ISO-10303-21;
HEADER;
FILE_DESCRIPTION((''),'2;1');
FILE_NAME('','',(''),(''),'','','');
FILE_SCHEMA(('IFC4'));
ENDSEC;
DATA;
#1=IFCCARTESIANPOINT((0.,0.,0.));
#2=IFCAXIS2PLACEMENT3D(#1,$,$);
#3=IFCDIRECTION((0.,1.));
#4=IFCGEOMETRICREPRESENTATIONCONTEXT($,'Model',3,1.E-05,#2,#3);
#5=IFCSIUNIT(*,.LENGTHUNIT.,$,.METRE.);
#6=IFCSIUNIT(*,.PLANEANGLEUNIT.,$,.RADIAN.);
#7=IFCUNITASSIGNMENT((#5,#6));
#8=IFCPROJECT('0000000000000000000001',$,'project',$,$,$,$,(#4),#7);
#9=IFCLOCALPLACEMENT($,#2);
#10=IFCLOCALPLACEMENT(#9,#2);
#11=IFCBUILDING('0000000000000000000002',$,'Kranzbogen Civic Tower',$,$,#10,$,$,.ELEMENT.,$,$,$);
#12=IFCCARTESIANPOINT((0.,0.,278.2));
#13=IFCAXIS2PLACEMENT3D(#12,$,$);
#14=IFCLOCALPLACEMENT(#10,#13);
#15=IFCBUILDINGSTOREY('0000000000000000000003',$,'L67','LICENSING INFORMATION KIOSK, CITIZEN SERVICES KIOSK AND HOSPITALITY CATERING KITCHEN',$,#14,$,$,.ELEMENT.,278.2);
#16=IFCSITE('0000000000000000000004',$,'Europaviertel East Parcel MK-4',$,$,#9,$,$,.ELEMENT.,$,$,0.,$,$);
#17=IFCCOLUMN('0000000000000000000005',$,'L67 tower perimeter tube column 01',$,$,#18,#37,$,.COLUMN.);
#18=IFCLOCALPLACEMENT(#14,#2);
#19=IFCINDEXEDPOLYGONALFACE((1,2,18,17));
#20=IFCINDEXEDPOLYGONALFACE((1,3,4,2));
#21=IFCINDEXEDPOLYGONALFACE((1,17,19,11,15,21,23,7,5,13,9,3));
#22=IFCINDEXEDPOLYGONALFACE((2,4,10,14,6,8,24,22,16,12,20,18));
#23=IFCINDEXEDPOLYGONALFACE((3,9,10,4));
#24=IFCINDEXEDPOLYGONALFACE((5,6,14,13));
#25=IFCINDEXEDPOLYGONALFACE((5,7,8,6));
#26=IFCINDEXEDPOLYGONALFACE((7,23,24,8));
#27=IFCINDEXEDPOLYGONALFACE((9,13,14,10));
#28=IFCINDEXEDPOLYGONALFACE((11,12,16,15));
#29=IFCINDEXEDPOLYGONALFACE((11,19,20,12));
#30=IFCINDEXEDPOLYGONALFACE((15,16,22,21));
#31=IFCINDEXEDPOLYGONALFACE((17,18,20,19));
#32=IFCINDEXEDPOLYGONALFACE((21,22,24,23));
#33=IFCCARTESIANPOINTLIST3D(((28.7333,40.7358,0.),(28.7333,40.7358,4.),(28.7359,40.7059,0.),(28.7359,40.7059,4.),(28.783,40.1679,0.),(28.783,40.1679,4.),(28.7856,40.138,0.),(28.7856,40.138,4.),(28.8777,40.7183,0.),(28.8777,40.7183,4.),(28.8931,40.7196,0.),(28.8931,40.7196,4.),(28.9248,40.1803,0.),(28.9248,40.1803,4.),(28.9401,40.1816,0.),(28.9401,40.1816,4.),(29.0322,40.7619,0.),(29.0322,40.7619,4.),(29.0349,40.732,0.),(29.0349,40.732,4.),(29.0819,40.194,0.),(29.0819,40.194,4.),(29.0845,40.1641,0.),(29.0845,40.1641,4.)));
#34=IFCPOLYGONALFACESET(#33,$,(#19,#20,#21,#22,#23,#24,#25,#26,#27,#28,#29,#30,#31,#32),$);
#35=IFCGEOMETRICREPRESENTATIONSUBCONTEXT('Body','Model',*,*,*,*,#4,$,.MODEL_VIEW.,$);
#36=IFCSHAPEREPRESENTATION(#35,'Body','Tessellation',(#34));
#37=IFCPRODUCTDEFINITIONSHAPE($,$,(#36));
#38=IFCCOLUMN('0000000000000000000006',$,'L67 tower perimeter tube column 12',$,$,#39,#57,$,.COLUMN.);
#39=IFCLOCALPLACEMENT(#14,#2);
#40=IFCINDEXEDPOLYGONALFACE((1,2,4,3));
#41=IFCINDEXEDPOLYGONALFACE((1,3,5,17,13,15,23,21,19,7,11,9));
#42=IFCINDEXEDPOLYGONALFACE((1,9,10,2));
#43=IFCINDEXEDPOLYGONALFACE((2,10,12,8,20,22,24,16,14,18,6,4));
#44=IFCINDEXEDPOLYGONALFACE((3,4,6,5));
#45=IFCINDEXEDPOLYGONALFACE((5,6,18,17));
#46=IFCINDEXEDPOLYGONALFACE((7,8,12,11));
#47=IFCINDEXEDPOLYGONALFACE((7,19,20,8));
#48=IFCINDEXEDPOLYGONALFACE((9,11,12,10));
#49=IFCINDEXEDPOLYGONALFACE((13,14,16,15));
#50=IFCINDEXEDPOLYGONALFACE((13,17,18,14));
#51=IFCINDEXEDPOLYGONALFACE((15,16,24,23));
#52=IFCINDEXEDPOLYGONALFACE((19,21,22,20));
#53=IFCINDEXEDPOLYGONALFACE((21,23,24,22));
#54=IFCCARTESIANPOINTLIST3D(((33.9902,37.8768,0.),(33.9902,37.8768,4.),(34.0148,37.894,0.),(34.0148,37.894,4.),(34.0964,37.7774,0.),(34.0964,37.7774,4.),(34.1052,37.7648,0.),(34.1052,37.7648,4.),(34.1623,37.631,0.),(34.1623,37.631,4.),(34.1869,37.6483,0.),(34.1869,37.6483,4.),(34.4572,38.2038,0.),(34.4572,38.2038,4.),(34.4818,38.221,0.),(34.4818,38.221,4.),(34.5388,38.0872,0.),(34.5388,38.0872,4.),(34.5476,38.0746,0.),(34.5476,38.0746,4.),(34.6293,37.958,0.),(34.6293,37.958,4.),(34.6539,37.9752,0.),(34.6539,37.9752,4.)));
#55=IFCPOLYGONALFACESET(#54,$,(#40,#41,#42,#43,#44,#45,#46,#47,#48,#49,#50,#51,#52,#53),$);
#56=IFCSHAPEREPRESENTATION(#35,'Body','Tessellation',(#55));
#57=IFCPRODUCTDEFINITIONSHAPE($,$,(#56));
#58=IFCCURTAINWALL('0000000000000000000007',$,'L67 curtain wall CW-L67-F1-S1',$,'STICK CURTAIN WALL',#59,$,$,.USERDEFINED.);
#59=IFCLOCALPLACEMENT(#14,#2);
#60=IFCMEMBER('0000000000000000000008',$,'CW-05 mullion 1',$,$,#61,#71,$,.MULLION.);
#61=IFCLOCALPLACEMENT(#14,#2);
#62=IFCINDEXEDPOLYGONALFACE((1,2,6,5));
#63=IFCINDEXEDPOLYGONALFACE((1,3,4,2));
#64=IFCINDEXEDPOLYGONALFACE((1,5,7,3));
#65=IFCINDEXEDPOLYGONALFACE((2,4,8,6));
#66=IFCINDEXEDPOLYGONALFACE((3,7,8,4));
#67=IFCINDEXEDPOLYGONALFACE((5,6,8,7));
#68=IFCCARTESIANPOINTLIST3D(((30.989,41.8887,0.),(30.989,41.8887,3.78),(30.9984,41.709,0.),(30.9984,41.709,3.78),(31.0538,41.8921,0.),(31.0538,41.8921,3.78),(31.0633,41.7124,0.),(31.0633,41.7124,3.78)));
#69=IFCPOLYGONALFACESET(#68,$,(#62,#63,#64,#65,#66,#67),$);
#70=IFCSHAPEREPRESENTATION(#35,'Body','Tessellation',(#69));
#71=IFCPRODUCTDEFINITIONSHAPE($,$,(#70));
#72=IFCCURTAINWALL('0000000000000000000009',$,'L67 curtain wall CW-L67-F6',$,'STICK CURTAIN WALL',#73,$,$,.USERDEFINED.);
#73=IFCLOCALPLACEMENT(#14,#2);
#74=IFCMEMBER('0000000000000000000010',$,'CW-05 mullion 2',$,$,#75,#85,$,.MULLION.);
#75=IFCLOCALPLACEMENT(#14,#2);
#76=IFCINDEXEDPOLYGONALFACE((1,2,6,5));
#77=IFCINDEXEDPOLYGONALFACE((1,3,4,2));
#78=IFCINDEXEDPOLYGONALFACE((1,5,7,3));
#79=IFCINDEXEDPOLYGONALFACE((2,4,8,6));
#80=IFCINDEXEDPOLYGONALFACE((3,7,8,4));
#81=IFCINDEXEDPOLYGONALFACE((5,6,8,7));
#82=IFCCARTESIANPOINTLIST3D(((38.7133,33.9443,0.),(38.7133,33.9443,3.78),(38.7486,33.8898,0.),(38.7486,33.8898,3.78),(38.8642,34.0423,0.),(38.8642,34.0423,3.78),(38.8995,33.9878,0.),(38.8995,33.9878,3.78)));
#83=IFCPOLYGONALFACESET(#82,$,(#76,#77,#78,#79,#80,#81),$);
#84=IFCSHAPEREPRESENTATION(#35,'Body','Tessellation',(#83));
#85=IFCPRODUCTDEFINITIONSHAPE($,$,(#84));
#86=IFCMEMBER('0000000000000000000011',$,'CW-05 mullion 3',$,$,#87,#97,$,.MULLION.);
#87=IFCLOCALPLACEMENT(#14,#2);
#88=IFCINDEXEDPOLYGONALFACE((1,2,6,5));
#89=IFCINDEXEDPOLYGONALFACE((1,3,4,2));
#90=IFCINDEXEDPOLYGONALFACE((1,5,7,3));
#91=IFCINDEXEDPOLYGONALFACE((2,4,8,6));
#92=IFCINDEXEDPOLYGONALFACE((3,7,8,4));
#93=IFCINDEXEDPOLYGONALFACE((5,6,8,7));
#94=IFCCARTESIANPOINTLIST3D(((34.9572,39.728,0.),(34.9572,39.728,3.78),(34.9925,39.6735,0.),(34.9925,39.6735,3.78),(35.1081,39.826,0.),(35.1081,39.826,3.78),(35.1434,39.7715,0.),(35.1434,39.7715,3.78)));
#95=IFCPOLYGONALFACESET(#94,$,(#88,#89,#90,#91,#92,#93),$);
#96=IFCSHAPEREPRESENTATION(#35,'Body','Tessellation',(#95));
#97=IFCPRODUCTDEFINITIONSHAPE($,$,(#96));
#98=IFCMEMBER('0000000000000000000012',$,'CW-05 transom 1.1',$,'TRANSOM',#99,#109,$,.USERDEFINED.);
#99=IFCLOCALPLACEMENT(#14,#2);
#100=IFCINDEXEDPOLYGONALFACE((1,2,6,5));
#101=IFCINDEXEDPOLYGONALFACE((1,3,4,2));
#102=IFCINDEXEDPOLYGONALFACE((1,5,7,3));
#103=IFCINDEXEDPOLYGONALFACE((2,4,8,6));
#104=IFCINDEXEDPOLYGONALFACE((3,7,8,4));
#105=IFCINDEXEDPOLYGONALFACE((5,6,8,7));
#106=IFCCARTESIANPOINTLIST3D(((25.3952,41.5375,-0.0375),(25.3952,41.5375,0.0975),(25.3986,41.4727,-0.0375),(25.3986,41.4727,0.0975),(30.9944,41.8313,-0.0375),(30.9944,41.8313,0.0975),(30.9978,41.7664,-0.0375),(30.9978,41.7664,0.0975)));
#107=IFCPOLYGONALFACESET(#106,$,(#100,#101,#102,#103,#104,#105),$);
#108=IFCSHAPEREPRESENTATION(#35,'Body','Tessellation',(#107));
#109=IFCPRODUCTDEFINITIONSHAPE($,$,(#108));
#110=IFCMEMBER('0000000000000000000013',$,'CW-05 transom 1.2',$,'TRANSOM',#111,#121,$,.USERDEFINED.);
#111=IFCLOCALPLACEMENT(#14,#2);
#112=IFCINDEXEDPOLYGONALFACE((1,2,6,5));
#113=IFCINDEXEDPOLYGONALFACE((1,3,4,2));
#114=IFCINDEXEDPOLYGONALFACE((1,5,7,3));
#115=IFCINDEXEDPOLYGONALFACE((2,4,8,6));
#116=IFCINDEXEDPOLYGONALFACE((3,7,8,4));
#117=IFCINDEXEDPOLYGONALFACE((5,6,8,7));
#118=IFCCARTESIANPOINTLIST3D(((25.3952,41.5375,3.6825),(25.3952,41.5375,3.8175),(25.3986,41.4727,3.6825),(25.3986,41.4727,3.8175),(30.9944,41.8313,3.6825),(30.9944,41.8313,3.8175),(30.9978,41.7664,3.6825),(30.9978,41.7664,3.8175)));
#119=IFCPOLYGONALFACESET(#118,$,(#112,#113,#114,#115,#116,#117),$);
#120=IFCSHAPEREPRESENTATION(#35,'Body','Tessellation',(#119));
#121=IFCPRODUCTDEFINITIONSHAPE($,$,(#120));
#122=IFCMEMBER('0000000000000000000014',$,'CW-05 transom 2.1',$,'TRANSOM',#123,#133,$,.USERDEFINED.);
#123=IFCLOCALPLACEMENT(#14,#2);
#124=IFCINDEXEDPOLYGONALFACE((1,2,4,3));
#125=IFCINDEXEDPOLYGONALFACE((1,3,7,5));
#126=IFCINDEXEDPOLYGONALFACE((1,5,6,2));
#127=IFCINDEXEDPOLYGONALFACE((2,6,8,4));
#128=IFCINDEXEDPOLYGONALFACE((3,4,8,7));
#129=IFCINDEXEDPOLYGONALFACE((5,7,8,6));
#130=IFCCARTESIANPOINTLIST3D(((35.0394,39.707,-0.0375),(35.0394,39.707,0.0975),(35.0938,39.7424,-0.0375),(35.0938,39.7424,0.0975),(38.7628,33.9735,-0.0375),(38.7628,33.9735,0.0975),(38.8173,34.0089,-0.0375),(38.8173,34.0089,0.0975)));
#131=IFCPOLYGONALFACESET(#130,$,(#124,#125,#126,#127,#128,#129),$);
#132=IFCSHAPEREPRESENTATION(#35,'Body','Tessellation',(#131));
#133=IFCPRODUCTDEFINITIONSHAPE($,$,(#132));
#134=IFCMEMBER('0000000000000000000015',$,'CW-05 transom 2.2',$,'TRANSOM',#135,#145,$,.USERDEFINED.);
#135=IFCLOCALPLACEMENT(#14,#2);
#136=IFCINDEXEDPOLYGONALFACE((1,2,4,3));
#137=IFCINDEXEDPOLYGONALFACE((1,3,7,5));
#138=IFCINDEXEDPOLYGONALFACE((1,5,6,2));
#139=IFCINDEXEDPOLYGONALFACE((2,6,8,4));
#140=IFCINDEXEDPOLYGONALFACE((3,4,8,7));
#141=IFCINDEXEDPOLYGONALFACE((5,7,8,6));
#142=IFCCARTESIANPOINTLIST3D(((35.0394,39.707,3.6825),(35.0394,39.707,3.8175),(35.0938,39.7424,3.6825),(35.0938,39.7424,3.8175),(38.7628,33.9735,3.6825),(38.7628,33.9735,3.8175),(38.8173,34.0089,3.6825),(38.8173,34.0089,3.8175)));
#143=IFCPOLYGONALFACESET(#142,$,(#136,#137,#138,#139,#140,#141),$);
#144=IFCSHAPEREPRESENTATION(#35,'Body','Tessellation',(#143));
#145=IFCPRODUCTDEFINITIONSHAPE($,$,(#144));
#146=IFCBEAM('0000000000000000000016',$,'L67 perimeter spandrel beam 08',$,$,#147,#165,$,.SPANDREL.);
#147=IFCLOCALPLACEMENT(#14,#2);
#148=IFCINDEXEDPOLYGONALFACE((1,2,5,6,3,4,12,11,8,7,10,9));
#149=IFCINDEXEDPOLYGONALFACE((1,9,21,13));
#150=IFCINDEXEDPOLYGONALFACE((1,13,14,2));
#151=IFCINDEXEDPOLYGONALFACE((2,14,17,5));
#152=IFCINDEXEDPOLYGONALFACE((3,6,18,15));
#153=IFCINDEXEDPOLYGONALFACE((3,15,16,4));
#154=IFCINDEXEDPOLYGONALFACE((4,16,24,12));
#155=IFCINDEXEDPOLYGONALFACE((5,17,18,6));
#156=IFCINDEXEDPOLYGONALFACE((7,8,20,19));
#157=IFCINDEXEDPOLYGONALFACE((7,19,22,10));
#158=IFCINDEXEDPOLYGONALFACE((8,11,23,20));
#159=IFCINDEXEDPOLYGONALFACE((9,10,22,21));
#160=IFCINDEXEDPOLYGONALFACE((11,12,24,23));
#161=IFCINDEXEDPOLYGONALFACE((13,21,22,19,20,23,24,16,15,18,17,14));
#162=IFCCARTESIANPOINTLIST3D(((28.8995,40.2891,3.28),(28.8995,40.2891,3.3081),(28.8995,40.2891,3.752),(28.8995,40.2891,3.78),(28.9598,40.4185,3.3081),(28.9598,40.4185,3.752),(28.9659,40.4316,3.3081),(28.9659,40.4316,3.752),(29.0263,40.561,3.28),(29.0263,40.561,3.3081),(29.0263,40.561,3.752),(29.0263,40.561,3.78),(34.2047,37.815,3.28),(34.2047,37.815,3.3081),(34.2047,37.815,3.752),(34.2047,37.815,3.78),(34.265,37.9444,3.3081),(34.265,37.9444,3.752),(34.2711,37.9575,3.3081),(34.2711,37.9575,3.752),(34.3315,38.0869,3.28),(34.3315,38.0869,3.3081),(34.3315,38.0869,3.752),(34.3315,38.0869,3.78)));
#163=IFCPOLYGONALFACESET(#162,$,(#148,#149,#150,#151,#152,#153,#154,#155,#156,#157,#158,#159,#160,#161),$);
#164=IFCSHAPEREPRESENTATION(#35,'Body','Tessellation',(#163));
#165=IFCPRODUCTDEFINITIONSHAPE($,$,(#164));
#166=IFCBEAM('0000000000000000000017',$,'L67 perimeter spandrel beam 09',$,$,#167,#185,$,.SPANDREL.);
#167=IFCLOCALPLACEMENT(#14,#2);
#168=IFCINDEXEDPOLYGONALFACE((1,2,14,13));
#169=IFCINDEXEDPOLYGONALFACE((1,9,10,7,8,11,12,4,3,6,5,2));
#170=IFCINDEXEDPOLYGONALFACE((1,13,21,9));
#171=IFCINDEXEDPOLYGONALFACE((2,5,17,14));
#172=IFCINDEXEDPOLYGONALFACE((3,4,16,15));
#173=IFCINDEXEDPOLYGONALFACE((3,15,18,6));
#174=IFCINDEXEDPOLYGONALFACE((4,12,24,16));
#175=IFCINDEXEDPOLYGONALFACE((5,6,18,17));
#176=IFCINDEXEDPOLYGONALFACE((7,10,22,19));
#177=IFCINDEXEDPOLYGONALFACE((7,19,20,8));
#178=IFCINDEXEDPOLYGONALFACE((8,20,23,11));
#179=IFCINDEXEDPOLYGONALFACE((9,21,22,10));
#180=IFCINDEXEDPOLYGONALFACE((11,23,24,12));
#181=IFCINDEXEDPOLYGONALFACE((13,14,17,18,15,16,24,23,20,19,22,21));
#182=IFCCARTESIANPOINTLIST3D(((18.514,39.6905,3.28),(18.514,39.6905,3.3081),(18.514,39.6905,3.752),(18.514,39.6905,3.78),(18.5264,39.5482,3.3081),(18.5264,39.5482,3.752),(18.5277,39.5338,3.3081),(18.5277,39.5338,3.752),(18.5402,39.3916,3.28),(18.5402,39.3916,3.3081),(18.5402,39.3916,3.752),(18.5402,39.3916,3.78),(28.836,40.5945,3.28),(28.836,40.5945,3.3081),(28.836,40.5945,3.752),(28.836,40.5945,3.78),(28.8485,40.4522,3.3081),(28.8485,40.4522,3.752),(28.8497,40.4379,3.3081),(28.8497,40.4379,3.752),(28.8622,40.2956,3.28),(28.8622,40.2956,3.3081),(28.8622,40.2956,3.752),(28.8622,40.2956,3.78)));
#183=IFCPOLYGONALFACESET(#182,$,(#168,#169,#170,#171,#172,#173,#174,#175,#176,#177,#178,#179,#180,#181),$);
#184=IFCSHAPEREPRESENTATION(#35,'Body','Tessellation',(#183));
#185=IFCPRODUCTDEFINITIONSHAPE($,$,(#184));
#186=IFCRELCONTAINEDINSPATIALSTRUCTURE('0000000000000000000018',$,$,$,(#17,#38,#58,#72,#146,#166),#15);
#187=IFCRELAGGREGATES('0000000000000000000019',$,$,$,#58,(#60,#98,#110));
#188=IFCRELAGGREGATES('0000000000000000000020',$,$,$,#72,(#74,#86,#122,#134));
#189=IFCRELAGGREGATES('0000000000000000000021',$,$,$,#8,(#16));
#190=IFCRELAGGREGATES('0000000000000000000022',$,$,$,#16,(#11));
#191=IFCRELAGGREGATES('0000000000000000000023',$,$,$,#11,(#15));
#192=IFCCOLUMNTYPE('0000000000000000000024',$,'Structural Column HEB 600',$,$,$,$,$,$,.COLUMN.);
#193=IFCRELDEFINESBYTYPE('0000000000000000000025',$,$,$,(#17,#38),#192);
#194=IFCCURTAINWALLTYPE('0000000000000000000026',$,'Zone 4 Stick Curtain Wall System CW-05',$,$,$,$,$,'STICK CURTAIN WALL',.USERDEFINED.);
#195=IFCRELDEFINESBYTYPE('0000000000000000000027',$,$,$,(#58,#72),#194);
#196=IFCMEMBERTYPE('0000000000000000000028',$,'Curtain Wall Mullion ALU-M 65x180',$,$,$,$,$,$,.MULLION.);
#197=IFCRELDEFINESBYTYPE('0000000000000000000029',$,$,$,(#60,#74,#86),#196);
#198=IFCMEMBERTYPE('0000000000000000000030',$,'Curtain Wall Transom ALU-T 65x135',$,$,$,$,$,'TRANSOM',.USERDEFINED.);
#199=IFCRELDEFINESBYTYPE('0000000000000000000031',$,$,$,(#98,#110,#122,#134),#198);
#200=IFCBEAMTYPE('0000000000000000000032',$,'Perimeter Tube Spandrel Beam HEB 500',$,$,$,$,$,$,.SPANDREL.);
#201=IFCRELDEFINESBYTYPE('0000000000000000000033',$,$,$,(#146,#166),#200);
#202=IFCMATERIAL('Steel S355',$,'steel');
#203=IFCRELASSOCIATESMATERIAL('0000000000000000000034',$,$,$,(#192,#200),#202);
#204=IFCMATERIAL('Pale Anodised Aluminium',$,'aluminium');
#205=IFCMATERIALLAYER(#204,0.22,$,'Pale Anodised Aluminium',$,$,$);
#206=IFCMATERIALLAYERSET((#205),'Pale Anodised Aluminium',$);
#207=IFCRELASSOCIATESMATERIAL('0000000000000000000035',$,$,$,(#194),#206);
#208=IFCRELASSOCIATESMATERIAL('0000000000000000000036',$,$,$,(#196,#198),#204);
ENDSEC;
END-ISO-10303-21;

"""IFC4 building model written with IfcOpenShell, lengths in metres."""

from ifc_helpers import new_model, si_unit, direction, frame, origin, origin_2d, place, context, subcontext, project, spatial, rectangle, i_section, extrude, material, layer, layer_set, material_profile, profile_set, type_object, element, aggregate, save


model = new_model("IFC4")

# Units and contexts
model_context = context("Model", 3, precision=1e-05, world=origin(), true_north=direction((0.0, 1.0)))
body_context = subcontext(model_context, "Body", "Model", "MODEL_VIEW")
ifc_project = project(units=[si_unit("LENGTHUNIT", "METRE"), si_unit("PLANEANGLEUNIT", "RADIAN")], contexts=[model_context])

# Site, building, storey
site_placement = place(None, origin())
site = spatial("IfcSite", under=ifc_project, at=site_placement, Name="Europaviertel East Parcel MK-4", CompositionType="ELEMENT", RefElevation=0.0)
building_placement = place(site_placement, origin())
building = spatial("IfcBuilding", under=site, at=building_placement, Name="Kranzbogen Civic Tower", CompositionType="ELEMENT")
storey_placement = place(building_placement, frame((0.0, 0.0, 278.2)))
storey = spatial("IfcBuildingStorey", under=building, at=storey_placement, Name="L67", Description="LICENSING INFORMATION KIOSK, CITIZEN SERVICES KIOSK AND HOSPITALITY CATERING KITCHEN", CompositionType="ELEMENT", Elevation=278.2)

# Columns
ifc_material_1 = material(Name="Steel S355", Category="steel")
ifc_material_profile_1 = material_profile(ifc_material_1, i_section(OverallWidth=0.3, OverallDepth=0.6001, WebThickness=0.0154, FlangeThickness=0.03, at=origin_2d()), Name="HEB 600")
ifc_profile_set_1 = profile_set([ifc_material_profile_1], Name="Steel S355")
column_type = type_object("IfcColumnType", Name="Structural Column HEB 600", PredefinedType="COLUMN", material=ifc_profile_set_1)
for number, where, z_axis, x_axis, name in (
    (1, (28.9089, 40.45, 0.0), (0.0, 0.0, 1.0), (0.996195, 0.087156, 0.0), "L67 tower perimeter tube column 01"),
    (2, (34.322, 37.926, 0.0), (0.0, 0.0, 1.0), (-0.573576, 0.819152, 0.0), "L67 tower perimeter tube column 12"),
):
    element("IfcColumn", number, at=place(storey_placement, frame(where, z_axis=z_axis, x_axis=x_axis)), inside=storey, type_object=column_type, Name=name, PredefinedType="COLUMN", context=body_context, shape_type="SweptSolid", body=[
        extrude(i_section(OverallWidth=0.3, OverallDepth=0.6001, WebThickness=0.0154, FlangeThickness=0.03, at=origin_2d()), origin(), (0.0, 0.0, 1.0), 4.0),
    ])

# Curtain wall, member
ifc_material_2 = material(Name="Pale Anodised Aluminium", Category="aluminium")
ifc_layer_1 = layer(ifc_material_2, 0.22, Name="Pale Anodised Aluminium")
ifc_layer_set_1 = layer_set([ifc_layer_1], Name="Pale Anodised Aluminium")
curtain_wall_type = type_object("IfcCurtainWallType", Name="Zone 4 Stick Curtain Wall System CW-05", ElementType="STICK CURTAIN WALL", PredefinedType="USERDEFINED", material=ifc_layer_set_1)
curtain_wall_1_placement = place(storey_placement, origin())
curtain_wall_1 = element("IfcCurtainWall", 3, at=curtain_wall_1_placement, inside=storey, type_object=curtain_wall_type, Name="L67 curtain wall CW-L67-F1-S1", ObjectType="STICK CURTAIN WALL", PredefinedType="USERDEFINED")
ifc_material_profile_2 = material_profile(ifc_material_2, rectangle(XDim=0.0649, YDim=0.1799, at=origin_2d()), Name="ALU-M 65x180")
ifc_profile_set_2 = profile_set([ifc_material_profile_2], Name="Pale Anodised Aluminium")
member_type_1 = type_object("IfcMemberType", Name="Curtain Wall Mullion ALU-M 65x180", PredefinedType="MULLION", material=ifc_profile_set_2)
member_1_placement = place(storey_placement, frame((31.0261, 41.8005, 0.0), z_axis=(0.0, 0.0, 1.0), x_axis=(-0.998627, -0.052385, 0.0)))
member_1 = element("IfcMember", 4, at=member_1_placement, type_object=member_type_1, Name="CW-05 mullion 1", PredefinedType="MULLION", context=body_context, shape_type="SweptSolid", body=[
    extrude(rectangle(XDim=0.0649, YDim=0.1799, at=origin_2d()), origin(), (0.0, 0.0, 1.0), 3.78),
])

# Curtain wall, members
curtain_wall_2_placement = place(storey_placement, origin())
curtain_wall_2 = element("IfcCurtainWall", 5, at=curtain_wall_2_placement, inside=storey, type_object=curtain_wall_type, Name="L67 curtain wall CW-L67-F6", ObjectType="STICK CURTAIN WALL", PredefinedType="USERDEFINED")
member_2_placement = place(storey_placement, frame((38.8064, 33.9661, 0.0), z_axis=(0.0, 0.0, 1.0), x_axis=(-0.544648, 0.838665, 0.0)))
member_2 = element("IfcMember", 6, at=member_2_placement, type_object=member_type_1, Name="CW-05 mullion 2", PredefinedType="MULLION", context=body_context, shape_type="SweptSolid", body=[
    extrude(rectangle(XDim=0.0649, YDim=0.1799, at=origin_2d()), origin(), (0.0, 0.0, 1.0), 3.78),
])
member_3_placement = place(storey_placement, frame((35.0503, 39.7498, 0.0), z_axis=(0.0, 0.0, 1.0), x_axis=(-0.544648, 0.838665, 0.0)))
member_3 = element("IfcMember", 7, at=member_3_placement, type_object=member_type_1, Name="CW-05 mullion 3", PredefinedType="MULLION", context=body_context, shape_type="SweptSolid", body=[
    extrude(rectangle(XDim=0.0649, YDim=0.1799, at=origin_2d()), origin(), (0.0, 0.0, 1.0), 3.78),
])

# Members
ifc_material_profile_3 = material_profile(ifc_material_2, rectangle(XDim=0.0649, YDim=0.135, at=origin_2d()), Name="ALU-T 65x135")
ifc_profile_set_3 = profile_set([ifc_material_profile_3], Name="Pale Anodised Aluminium")
member_type_2 = type_object("IfcMemberType", Name="Curtain Wall Transom ALU-T 65x135", ElementType="TRANSOM", PredefinedType="USERDEFINED", material=ifc_profile_set_3)
member_4_placement = place(storey_placement, frame((30.9961, 41.7988, 0.03), z_axis=(-0.998627, -0.052383, 0.0), x_axis=(0.052383, -0.998627, 0.0)))
member_4 = element("IfcMember", 8, at=member_4_placement, type_object=member_type_2, Name="CW-05 transom 1.1", ObjectType="TRANSOM", PredefinedType="USERDEFINED", context=body_context, shape_type="SweptSolid", body=[
    extrude(rectangle(XDim=0.0649, YDim=0.135, at=origin_2d()), origin(), (0.0, 0.0, 1.0), 5.6069),
])
member_5_placement = place(storey_placement, frame((30.9961, 41.7988, 3.75), z_axis=(-0.998627, -0.052383, 0.0), x_axis=(0.052383, -0.998627, 0.0)))
member_5 = element("IfcMember", 9, at=member_5_placement, type_object=member_type_2, Name="CW-05 transom 1.2", ObjectType="TRANSOM", PredefinedType="USERDEFINED", context=body_context, shape_type="SweptSolid", body=[
    extrude(rectangle(XDim=0.0649, YDim=0.135, at=origin_2d()), origin(), (0.0, 0.0, 1.0), 5.6069),
])
aggregate(curtain_wall_1, [member_1, member_4, member_5])
member_6_placement = place(storey_placement, frame((38.79, 33.9912, 0.03), z_axis=(-0.544647, 0.838665, 0.0), x_axis=(-0.838665, -0.544647, 0.0)))
member_6 = element("IfcMember", 10, at=member_6_placement, type_object=member_type_2, Name="CW-05 transom 2.1", ObjectType="TRANSOM", PredefinedType="USERDEFINED", context=body_context, shape_type="SweptSolid", body=[
    extrude(rectangle(XDim=0.0649, YDim=0.135, at=origin_2d()), origin(), (0.0, 0.0, 1.0), 6.8364),
])
member_7_placement = place(storey_placement, frame((38.79, 33.9912, 3.75), z_axis=(-0.544647, 0.838665, 0.0), x_axis=(-0.838665, -0.544647, 0.0)))
member_7 = element("IfcMember", 11, at=member_7_placement, type_object=member_type_2, Name="CW-05 transom 2.2", ObjectType="TRANSOM", PredefinedType="USERDEFINED", context=body_context, shape_type="SweptSolid", body=[
    extrude(rectangle(XDim=0.0649, YDim=0.135, at=origin_2d()), origin(), (0.0, 0.0, 1.0), 6.8364),
])

# Beams
ifc_material_profile_4 = material_profile(ifc_material_1, i_section(OverallWidth=0.3, OverallDepth=0.5, WebThickness=0.0144, FlangeThickness=0.0281, at=origin_2d()), Name="HEB 500")
ifc_profile_set_4 = profile_set([ifc_material_profile_4], Name="Steel S355")
beam_type_1 = type_object("IfcBeamType", Name="Perimeter Tube Spandrel Beam HEB 500", PredefinedType="SPANDREL", material=ifc_profile_set_4)
beam_1_placement = place(storey_placement, frame((34.2681, 37.9509, 3.53), z_axis=(-0.90629, 0.422657, 0.0), x_axis=(-0.422657, -0.90629, 0.0)))
element("IfcBeam", 12, at=beam_1_placement, inside=storey, type_object=beam_type_1, Name="L67 perimeter spandrel beam 08", PredefinedType="SPANDREL", context=body_context, shape_type="SweptSolid", body=[
    extrude(i_section(OverallWidth=0.3, OverallDepth=0.5, WebThickness=0.0144, FlangeThickness=0.0281, at=origin_2d()), origin(), (0.0, 0.0, 1.0), 5.8538),
])
beam_2_placement = place(storey_placement, frame((28.8491, 40.4451, 3.53), z_axis=(-0.996186, -0.087251, 0.0), x_axis=(0.087251, -0.996186, 0.0)))
element("IfcBeam", 13, at=beam_2_placement, inside=storey, type_object=beam_type_1, Name="L67 perimeter spandrel beam 09", PredefinedType="SPANDREL", context=body_context, shape_type="SweptSolid", body=[
    extrude(i_section(OverallWidth=0.3, OverallDepth=0.5, WebThickness=0.0144, FlangeThickness=0.0281, at=origin_2d()), origin(), (0.0, 0.0, 1.0), 10.3616),
])

aggregate(curtain_wall_2, [member_2, member_3, member_6, member_7])

save(model, "model.ifc")
